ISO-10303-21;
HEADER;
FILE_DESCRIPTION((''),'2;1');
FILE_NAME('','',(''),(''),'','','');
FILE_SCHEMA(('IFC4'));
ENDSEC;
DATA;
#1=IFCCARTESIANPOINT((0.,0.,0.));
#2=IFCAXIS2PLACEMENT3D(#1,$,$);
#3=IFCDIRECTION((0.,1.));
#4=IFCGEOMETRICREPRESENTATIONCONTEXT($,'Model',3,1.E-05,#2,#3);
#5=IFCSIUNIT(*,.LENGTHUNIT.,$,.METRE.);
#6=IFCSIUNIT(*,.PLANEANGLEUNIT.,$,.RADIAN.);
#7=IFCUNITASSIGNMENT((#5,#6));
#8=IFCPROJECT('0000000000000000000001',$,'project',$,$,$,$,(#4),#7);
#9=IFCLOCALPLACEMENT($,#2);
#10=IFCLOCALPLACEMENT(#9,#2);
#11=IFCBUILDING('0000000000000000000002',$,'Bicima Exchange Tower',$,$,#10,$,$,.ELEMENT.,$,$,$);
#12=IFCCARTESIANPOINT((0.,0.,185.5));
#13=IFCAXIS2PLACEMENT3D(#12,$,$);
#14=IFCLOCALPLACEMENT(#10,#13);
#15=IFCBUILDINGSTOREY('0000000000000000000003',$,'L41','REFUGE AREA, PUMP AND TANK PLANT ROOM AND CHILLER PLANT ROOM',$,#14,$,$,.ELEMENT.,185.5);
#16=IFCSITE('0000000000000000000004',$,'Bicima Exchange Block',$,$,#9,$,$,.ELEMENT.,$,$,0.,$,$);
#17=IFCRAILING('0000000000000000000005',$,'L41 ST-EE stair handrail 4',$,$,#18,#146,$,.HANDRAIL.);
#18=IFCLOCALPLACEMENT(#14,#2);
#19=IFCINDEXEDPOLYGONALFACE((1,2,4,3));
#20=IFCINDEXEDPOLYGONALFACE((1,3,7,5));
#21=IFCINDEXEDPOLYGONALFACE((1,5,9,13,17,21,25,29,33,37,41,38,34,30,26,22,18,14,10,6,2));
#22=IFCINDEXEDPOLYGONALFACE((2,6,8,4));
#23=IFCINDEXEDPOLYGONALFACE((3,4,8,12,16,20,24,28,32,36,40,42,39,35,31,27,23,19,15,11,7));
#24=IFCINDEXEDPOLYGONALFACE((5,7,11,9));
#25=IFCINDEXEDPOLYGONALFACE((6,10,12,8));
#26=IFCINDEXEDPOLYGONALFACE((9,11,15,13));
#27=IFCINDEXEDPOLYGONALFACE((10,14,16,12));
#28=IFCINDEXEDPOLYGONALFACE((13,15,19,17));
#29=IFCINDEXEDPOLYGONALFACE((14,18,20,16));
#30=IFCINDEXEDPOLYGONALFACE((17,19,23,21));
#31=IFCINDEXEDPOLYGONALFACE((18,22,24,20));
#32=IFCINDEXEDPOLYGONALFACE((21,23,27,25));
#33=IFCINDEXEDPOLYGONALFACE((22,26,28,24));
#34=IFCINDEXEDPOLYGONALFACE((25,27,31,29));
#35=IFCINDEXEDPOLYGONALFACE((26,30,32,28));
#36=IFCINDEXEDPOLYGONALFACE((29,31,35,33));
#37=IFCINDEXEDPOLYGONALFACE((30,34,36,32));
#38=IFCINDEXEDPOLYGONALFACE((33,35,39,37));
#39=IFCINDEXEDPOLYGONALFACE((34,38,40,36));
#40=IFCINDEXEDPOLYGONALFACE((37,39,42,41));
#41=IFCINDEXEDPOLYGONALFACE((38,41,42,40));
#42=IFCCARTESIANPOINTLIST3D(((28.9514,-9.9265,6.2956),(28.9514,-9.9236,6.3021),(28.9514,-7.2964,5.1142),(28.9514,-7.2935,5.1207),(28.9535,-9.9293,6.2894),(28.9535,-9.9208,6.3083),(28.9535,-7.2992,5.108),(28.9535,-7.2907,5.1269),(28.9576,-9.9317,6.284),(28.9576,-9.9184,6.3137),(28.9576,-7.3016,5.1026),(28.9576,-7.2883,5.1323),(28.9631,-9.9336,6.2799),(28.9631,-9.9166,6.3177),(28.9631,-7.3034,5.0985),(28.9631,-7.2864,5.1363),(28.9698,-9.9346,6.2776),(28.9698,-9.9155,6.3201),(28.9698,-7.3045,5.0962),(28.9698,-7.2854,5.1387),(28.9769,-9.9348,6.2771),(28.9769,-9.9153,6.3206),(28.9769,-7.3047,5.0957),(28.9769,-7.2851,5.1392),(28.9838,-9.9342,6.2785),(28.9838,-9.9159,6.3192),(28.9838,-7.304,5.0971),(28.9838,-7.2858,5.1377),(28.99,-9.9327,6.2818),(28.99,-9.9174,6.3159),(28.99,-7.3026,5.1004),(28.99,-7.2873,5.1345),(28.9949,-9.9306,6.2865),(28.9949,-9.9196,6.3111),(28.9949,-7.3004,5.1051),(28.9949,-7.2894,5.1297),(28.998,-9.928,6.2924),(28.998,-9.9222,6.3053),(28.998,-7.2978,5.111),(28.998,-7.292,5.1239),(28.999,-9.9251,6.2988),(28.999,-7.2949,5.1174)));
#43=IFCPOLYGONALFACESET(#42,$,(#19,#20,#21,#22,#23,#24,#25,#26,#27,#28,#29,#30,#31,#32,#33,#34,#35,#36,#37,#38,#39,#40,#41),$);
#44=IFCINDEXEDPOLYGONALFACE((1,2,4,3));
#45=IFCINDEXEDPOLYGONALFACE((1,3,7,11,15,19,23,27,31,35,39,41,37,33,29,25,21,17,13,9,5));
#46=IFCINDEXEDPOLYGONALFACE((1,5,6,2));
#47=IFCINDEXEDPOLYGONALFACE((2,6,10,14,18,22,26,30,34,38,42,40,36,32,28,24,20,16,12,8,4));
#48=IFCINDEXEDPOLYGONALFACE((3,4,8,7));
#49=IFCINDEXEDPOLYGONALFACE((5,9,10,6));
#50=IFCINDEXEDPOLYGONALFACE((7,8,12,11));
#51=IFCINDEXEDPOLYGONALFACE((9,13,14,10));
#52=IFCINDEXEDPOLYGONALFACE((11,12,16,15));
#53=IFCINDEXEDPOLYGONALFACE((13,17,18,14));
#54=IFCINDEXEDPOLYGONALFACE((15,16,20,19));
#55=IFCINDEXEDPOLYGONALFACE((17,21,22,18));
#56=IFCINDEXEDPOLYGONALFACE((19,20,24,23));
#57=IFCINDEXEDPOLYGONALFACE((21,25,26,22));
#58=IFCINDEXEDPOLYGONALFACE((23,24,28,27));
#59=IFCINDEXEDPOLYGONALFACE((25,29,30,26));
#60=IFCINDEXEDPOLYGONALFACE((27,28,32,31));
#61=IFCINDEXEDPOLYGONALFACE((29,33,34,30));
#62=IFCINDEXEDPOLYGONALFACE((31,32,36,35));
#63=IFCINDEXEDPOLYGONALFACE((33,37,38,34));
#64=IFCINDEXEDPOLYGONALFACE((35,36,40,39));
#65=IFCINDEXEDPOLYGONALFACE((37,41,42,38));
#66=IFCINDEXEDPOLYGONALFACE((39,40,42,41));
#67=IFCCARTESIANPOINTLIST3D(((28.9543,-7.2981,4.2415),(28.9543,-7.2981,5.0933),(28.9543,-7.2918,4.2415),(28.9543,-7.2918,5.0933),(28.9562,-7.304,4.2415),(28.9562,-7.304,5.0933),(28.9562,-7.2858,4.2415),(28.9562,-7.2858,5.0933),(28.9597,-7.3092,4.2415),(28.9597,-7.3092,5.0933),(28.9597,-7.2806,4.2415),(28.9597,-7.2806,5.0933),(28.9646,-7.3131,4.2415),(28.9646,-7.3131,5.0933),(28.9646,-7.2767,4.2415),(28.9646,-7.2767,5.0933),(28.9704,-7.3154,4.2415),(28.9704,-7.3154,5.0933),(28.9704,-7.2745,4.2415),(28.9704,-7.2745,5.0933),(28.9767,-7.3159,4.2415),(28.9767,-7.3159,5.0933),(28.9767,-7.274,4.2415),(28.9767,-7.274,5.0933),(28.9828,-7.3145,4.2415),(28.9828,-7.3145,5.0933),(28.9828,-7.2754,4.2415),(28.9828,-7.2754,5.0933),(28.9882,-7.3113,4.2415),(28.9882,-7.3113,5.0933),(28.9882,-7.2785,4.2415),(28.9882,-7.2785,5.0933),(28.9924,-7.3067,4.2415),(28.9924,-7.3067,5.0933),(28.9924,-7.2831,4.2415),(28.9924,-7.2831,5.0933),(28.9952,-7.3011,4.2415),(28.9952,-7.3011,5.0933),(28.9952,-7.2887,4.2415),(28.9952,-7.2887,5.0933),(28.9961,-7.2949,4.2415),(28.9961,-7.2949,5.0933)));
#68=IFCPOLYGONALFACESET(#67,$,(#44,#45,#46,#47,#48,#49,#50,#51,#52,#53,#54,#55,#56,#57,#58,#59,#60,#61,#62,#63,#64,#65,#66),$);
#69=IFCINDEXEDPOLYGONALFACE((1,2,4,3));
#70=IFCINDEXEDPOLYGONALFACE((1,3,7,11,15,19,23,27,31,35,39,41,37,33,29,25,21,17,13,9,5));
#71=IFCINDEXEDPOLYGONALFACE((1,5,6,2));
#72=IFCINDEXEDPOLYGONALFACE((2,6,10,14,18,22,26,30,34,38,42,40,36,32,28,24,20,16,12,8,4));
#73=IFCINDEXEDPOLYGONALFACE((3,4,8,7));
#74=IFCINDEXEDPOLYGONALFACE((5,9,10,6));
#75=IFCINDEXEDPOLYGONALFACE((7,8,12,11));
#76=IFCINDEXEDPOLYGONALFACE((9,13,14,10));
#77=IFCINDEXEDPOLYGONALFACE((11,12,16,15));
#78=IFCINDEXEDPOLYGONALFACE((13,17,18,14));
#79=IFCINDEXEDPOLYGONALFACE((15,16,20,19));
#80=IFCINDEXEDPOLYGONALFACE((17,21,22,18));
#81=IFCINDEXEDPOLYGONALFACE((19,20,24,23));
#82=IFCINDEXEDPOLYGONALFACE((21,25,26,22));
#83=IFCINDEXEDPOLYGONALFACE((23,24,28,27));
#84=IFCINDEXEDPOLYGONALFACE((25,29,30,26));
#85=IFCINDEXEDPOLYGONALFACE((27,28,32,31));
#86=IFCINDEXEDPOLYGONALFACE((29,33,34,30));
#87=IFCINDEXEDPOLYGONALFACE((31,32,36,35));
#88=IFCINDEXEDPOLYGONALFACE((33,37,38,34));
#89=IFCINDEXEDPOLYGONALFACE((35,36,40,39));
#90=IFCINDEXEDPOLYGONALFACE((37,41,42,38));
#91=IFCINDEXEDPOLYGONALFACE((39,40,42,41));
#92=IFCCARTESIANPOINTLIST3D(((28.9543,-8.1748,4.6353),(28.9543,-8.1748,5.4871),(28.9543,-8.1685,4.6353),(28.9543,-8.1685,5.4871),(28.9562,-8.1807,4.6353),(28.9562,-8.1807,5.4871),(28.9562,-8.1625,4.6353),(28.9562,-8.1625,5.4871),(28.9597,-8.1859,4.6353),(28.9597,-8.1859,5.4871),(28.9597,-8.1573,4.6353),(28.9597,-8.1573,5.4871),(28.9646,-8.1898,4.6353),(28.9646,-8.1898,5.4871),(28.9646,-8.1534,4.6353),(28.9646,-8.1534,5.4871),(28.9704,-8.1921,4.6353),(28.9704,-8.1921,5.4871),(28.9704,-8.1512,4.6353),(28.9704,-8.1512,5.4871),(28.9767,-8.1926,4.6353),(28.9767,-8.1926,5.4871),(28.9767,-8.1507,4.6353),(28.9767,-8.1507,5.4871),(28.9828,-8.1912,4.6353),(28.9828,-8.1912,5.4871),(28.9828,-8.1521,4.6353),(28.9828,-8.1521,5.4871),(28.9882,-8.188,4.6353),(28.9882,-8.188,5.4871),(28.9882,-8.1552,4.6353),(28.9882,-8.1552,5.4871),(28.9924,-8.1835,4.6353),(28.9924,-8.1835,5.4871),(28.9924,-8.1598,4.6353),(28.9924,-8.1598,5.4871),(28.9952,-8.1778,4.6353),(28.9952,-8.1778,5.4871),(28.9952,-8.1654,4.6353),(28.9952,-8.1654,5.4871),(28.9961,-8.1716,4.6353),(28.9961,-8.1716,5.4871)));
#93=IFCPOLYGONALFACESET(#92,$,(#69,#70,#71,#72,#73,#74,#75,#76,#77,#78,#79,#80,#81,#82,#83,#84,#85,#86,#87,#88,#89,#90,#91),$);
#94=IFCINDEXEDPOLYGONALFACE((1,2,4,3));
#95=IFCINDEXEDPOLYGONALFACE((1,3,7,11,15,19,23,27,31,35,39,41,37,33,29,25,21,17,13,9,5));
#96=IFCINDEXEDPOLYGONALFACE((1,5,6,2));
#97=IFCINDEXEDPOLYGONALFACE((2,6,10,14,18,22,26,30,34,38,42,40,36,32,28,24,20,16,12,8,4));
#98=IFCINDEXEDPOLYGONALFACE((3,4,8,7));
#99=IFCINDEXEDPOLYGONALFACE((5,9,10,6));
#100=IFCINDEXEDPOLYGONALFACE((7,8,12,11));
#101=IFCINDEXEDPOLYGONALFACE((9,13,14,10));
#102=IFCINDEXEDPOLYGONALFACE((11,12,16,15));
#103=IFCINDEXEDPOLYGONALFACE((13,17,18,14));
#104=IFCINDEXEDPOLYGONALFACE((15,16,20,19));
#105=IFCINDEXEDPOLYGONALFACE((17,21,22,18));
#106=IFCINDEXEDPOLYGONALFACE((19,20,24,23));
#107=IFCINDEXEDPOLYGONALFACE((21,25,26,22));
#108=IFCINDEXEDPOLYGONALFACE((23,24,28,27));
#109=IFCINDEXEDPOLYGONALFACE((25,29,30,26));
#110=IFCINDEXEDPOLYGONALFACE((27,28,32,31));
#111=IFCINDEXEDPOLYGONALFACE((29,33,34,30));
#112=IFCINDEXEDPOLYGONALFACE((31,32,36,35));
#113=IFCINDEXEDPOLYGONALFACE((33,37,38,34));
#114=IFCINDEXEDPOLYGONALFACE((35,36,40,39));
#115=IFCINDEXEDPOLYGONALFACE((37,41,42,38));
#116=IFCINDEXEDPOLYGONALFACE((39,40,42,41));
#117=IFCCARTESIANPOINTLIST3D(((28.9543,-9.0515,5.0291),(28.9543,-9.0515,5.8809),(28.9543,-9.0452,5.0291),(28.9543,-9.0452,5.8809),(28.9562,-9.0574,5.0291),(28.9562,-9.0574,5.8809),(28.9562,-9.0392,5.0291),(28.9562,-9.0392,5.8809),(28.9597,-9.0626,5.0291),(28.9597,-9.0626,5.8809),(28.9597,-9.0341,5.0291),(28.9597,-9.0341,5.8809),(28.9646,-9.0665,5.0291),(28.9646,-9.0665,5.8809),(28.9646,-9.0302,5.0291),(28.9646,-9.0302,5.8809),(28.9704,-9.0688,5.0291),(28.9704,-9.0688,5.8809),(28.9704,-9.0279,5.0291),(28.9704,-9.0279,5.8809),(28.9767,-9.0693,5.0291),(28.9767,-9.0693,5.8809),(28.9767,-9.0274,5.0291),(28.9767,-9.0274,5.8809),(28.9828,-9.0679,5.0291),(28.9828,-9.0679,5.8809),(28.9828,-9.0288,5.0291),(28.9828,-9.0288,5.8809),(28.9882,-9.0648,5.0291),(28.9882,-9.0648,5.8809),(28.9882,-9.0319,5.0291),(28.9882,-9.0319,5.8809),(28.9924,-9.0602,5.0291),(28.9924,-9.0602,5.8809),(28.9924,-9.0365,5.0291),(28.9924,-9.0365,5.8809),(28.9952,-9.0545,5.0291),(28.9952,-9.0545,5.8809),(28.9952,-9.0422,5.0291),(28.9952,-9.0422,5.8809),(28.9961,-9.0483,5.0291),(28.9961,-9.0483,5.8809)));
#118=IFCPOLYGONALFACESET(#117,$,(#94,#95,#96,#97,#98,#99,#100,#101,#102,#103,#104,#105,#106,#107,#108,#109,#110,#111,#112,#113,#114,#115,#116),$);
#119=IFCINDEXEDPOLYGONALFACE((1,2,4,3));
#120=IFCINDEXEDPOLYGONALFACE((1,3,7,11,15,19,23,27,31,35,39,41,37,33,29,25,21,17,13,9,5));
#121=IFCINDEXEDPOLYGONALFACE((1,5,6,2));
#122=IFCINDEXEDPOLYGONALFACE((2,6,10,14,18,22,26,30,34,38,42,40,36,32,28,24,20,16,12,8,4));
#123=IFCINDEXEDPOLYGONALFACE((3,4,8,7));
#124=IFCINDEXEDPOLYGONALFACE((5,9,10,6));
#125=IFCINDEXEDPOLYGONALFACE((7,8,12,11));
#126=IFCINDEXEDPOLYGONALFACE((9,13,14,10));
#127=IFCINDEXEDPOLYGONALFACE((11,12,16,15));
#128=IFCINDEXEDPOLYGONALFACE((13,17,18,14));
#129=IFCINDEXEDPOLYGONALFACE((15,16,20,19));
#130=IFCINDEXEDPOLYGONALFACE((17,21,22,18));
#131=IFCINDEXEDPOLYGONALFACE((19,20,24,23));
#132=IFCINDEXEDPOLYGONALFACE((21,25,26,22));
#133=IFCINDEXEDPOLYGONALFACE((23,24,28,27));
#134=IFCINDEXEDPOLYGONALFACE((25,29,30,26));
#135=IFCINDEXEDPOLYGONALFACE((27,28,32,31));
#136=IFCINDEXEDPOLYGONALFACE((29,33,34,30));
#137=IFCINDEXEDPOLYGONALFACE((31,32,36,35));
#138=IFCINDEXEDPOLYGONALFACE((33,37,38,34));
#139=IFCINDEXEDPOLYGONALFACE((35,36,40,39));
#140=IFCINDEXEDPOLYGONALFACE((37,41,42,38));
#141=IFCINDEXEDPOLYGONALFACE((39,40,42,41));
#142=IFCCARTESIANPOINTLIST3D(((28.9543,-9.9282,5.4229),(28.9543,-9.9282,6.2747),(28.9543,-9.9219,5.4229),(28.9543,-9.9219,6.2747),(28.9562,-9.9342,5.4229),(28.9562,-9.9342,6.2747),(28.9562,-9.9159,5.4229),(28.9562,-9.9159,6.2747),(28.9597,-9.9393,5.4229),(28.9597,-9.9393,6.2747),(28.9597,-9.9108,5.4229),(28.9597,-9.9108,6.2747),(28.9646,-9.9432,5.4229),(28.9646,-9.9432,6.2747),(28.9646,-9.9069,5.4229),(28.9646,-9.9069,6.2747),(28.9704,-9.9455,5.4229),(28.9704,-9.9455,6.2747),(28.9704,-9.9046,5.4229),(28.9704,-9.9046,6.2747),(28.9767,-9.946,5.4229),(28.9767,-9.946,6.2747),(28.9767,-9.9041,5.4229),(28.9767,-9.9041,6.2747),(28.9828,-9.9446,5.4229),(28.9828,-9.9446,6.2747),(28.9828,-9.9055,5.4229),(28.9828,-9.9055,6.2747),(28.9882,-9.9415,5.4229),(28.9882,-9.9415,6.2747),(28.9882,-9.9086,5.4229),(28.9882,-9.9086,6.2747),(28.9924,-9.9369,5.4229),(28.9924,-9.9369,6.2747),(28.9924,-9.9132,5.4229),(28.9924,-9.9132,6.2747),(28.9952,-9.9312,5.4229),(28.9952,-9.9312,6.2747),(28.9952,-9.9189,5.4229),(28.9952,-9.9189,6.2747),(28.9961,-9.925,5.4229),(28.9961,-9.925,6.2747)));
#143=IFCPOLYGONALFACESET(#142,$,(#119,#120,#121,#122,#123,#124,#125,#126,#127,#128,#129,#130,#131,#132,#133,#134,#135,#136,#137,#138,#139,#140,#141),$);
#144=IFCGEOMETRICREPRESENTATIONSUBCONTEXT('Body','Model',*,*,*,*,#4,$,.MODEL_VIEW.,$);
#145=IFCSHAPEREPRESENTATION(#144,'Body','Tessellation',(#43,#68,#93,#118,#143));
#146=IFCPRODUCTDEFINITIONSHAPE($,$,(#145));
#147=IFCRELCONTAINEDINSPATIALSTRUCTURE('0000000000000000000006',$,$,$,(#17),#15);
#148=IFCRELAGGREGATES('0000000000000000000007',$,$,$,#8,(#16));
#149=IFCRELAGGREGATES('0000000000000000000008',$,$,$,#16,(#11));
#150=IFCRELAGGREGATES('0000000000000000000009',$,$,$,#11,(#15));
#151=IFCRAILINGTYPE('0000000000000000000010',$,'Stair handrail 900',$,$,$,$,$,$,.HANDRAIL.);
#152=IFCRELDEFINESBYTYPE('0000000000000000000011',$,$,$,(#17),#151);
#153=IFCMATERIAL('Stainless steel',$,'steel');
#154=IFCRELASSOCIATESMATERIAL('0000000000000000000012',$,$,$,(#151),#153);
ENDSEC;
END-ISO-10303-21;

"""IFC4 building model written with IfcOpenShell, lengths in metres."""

from ifc_helpers import new_model, si_unit, direction, frame, origin, origin_2d, place, context, subcontext, project, spatial, circle, extrude, material, type_object, element, save


model = new_model("IFC4")

# Units and contexts
model_context = context("Model", 3, precision=1e-05, world=origin(), true_north=direction((0.0, 1.0)))
body_context = subcontext(model_context, "Body", "Model", "MODEL_VIEW")
ifc_project = project(units=[si_unit("LENGTHUNIT", "METRE"), si_unit("PLANEANGLEUNIT", "RADIAN")], contexts=[model_context])

# Site, building, storey
site_placement = place(None, origin())
site = spatial("IfcSite", under=ifc_project, at=site_placement, Name="Bicima Exchange Block", CompositionType="ELEMENT", RefElevation=0.0)
building_placement = place(site_placement, origin())
building = spatial("IfcBuilding", under=site, at=building_placement, Name="Bicima Exchange Tower", CompositionType="ELEMENT")
storey_placement = place(building_placement, frame((0.0, 0.0, 185.5)))
storey = spatial("IfcBuildingStorey", under=building, at=storey_placement, Name="L41", Description="REFUGE AREA, PUMP AND TANK PLANT ROOM AND CHILLER PLANT ROOM", CompositionType="ELEMENT", Elevation=185.5)

# Railing
ifc_material_1 = material(Name="Stainless steel", Category="steel")
railing_type_1 = type_object("IfcRailingType", Name="Stair handrail 900", PredefinedType="HANDRAIL", material=ifc_material_1)
railing_1_placement = place(storey_placement, frame((28.9751, -7.2949, 4.2415)))
element("IfcRailing", 1, at=railing_1_placement, inside=storey, type_object=railing_type_1, Name="L41 ST-EE stair handrail 4", PredefinedType="HANDRAIL", context=body_context, shape_type="SweptSolid", body=[
    extrude(circle(Radius=0.0239, at=origin_2d()), frame((0.0, 0.0, 0.876), z_axis=(0.0, -0.912202, 0.409741), x_axis=(1.0, 0.0, 0.0)), (0.0, 0.0, 1.0), 2.8833),
    extrude(circle(Radius=0.021, at=origin_2d()), origin(), (0.0, 0.0, 1.0), 0.8518),
    extrude(circle(Radius=0.021, at=origin_2d()), frame((0.0, -0.8767, 0.3938)), (0.0, 0.0, 1.0), 0.8518),
    extrude(circle(Radius=0.021, at=origin_2d()), frame((0.0, -1.7534, 0.7876)), (0.0, 0.0, 1.0), 0.8518),
    extrude(circle(Radius=0.021, at=origin_2d()), frame((0.0, -2.6301, 1.1814)), (0.0, 0.0, 1.0), 0.8518),
])

save(model, "model.ifc")
